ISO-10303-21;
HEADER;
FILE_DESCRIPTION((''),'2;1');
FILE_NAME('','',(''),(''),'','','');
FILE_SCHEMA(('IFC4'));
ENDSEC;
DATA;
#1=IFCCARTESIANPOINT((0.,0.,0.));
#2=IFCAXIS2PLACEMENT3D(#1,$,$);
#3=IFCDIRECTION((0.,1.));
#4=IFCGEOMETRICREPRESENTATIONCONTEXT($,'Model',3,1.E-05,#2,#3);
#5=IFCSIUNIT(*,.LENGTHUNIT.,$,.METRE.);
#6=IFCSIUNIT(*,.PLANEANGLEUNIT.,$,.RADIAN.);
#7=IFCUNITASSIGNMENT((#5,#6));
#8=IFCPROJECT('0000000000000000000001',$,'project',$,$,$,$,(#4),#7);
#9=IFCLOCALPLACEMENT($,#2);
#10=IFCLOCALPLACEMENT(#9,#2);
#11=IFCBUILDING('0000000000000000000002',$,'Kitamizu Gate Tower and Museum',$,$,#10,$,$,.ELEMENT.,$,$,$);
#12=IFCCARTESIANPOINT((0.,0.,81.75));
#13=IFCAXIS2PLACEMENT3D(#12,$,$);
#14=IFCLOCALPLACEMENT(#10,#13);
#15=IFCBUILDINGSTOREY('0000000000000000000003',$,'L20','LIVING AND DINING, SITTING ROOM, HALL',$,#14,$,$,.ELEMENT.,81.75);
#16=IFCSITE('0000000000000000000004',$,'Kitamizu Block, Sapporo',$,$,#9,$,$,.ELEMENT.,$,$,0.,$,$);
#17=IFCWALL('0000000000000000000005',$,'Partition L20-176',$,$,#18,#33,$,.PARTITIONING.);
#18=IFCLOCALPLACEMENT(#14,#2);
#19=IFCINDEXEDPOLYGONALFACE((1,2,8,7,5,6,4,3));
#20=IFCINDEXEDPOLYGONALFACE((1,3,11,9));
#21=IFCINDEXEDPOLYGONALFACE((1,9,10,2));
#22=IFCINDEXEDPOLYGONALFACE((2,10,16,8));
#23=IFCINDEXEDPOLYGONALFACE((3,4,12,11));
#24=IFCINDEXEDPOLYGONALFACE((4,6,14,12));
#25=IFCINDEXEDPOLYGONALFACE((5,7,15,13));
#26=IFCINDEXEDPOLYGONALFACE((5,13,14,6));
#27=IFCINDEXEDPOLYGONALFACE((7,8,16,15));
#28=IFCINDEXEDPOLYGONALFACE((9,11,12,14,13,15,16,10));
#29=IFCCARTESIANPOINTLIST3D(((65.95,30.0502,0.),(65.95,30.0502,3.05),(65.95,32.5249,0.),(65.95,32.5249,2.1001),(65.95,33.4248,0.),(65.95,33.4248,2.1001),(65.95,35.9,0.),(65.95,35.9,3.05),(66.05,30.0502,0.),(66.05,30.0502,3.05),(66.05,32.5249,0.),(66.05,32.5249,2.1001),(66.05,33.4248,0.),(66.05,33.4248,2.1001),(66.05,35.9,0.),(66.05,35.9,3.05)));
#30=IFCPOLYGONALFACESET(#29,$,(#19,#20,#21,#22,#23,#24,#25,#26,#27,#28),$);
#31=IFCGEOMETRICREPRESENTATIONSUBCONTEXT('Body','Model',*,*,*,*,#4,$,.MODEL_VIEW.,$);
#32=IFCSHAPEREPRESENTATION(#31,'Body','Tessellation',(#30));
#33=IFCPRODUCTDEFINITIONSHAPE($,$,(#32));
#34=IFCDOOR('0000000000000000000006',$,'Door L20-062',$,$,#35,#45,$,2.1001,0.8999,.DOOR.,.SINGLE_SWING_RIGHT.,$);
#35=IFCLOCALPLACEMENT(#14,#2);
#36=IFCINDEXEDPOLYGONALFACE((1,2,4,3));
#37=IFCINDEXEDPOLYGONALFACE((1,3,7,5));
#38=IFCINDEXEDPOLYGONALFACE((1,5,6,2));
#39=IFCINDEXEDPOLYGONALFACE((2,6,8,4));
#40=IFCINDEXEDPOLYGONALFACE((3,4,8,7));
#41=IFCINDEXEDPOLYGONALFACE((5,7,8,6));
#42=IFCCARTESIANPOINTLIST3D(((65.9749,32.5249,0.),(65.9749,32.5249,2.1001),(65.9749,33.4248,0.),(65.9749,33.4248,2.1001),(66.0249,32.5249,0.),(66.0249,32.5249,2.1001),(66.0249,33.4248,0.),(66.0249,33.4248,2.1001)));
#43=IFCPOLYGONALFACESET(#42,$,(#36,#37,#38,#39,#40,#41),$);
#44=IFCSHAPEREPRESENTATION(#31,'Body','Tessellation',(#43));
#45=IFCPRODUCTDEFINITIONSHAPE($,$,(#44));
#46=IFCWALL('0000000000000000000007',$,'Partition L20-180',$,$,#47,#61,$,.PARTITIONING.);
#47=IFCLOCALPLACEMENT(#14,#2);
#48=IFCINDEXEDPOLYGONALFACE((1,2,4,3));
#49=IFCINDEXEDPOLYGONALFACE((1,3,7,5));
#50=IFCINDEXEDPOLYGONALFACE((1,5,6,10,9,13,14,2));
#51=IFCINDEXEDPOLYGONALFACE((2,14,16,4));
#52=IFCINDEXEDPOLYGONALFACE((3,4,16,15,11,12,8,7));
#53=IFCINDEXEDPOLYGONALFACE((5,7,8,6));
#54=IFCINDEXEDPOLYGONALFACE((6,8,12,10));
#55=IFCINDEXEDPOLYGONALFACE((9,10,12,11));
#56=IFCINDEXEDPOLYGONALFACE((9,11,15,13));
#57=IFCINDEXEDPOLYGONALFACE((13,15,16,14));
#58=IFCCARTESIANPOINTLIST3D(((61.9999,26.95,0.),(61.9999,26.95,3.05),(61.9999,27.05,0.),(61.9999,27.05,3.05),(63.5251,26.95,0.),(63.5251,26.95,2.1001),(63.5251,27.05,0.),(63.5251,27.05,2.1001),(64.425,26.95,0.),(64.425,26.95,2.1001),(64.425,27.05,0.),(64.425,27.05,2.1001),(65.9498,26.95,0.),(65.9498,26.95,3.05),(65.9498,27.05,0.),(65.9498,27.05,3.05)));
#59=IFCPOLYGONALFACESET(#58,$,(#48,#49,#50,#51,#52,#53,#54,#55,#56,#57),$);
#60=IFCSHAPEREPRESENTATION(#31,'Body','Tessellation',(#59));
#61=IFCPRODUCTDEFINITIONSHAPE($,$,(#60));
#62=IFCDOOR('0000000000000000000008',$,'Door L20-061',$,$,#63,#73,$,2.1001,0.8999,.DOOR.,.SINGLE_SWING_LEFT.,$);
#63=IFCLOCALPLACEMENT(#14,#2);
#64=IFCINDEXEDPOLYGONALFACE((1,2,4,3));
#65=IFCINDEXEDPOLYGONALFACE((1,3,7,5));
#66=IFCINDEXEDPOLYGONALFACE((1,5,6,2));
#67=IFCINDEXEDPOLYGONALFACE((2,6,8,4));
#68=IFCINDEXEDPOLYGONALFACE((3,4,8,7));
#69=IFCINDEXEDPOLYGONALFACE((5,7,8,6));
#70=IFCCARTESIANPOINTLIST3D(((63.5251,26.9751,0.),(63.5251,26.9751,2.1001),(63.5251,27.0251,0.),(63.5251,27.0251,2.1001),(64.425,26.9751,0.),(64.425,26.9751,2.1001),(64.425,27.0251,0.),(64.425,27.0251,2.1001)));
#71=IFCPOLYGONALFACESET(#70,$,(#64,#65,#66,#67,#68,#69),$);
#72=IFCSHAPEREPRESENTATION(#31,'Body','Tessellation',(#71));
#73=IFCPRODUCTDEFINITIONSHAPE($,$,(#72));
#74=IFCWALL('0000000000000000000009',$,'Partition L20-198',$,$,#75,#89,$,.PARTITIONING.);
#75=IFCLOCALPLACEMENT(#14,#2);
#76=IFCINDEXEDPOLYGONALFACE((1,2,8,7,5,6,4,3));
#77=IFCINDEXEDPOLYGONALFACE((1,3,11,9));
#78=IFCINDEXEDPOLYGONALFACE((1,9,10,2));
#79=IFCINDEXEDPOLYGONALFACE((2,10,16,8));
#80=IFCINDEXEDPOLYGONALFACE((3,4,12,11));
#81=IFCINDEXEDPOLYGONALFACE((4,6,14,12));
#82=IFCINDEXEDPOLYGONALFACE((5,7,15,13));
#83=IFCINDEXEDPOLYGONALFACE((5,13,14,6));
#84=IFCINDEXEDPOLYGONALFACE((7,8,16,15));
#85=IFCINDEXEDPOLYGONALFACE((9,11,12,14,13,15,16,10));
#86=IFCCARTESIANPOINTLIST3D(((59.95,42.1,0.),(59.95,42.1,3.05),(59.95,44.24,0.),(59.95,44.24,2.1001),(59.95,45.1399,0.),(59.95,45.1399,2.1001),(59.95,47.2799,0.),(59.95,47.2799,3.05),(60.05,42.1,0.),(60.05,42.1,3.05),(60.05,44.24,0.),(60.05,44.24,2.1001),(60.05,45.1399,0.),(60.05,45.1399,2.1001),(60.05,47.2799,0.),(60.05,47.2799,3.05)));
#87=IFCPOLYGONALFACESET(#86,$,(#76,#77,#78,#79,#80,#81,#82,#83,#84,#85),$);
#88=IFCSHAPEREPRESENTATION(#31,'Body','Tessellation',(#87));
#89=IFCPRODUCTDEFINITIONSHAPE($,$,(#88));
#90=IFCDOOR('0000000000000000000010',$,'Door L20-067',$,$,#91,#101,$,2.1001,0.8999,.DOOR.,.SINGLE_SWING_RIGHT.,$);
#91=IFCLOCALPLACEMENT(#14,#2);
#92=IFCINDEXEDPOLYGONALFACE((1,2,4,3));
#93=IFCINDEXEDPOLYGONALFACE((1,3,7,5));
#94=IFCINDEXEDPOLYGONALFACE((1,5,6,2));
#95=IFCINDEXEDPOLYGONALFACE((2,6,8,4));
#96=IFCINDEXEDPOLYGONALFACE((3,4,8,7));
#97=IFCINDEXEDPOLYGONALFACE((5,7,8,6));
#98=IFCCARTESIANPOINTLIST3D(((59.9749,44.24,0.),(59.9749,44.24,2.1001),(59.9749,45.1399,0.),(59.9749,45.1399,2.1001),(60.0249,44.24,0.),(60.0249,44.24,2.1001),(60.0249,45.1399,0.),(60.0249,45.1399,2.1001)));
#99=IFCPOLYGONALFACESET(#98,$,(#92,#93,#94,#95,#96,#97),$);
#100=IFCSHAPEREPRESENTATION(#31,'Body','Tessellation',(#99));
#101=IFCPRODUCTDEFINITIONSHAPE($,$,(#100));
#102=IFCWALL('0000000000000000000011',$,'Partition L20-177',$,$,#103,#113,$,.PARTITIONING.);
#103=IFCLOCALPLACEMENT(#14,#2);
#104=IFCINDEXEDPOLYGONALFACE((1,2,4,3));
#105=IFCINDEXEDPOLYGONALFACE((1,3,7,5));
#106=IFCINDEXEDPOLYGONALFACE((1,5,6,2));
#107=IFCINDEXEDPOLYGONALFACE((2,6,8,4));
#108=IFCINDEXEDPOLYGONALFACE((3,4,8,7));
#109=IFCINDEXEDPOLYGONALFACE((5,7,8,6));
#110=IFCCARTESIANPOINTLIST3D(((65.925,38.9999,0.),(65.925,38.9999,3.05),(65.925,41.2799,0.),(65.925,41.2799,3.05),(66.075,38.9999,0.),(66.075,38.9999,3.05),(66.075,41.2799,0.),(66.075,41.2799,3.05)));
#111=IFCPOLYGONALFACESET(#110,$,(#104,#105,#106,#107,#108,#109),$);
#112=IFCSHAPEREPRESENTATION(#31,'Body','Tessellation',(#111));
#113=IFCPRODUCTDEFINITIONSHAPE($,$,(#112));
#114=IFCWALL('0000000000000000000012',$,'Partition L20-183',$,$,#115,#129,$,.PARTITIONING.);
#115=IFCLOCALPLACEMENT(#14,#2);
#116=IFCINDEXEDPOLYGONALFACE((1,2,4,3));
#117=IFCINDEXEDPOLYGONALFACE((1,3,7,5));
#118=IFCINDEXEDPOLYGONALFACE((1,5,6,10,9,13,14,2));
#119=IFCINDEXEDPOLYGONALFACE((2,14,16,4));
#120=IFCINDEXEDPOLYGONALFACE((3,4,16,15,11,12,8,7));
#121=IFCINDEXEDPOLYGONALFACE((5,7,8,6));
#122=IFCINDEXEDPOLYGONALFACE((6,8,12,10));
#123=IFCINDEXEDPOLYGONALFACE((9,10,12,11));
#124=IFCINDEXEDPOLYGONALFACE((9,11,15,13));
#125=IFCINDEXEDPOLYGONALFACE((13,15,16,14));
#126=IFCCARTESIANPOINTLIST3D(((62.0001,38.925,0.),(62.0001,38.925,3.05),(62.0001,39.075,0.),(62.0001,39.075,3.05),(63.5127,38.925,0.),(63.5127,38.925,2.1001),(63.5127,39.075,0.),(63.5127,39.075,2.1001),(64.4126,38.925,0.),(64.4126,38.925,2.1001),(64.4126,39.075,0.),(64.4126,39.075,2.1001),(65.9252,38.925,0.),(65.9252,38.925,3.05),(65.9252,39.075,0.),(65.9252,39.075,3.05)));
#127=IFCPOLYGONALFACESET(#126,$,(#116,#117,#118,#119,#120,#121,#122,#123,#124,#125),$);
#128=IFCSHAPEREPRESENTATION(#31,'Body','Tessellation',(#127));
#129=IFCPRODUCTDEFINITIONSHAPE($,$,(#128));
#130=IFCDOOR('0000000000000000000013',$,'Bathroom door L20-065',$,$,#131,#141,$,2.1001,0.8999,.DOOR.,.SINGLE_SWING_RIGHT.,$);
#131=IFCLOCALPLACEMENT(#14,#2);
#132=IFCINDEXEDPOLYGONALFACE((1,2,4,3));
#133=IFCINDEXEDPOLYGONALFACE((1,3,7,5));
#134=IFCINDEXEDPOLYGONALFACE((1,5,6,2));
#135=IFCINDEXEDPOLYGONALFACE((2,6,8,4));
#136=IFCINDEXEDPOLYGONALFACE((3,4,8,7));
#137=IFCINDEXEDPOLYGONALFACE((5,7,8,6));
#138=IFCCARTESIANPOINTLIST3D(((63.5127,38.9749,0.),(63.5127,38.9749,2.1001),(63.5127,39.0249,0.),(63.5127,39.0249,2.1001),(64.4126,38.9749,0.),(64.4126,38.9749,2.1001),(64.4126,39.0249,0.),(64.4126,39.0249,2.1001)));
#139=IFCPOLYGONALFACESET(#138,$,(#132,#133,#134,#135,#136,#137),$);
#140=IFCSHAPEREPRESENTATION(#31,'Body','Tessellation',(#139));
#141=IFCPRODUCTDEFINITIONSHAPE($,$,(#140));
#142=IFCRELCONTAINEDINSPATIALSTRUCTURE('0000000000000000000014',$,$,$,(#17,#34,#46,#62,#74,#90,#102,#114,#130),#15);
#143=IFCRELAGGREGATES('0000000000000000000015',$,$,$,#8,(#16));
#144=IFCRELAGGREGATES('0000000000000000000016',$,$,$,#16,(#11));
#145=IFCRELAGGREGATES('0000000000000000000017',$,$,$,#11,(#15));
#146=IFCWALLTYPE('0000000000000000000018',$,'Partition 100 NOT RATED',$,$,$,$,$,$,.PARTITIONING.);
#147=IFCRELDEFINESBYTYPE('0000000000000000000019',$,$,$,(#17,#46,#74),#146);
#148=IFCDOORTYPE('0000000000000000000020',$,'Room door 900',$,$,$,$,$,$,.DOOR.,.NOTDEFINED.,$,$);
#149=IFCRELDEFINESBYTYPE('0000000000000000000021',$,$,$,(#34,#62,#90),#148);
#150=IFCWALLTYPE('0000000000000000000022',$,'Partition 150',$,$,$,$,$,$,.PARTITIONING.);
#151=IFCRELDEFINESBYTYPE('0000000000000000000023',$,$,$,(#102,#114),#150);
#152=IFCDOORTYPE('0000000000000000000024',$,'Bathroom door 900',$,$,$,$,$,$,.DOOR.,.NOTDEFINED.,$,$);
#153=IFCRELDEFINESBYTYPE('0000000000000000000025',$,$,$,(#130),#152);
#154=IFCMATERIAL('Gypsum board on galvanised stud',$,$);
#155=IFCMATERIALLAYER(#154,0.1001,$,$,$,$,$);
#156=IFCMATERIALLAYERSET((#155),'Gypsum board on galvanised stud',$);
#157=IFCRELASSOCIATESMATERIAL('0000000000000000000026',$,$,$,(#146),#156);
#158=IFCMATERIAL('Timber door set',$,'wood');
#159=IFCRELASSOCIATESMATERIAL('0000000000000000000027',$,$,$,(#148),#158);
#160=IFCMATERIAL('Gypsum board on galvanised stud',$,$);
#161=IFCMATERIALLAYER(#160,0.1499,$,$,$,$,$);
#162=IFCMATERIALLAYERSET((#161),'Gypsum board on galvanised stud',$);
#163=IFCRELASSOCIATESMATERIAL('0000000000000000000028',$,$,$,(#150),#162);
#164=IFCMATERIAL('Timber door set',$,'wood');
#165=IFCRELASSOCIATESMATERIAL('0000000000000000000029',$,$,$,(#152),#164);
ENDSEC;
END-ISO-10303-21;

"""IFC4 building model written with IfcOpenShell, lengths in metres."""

from ifc_helpers import new_model, si_unit, direction, frame, frame_2d, origin, place, context, subcontext, project, spatial, rectangle, extrude, material, layer, layer_set, type_object, element, fill, save


model = new_model("IFC4")

# Units and contexts
model_context = context("Model", 3, precision=1e-05, world=origin(), true_north=direction((0.0, 1.0)))
body_context = subcontext(model_context, "Body", "Model", "MODEL_VIEW")
ifc_project = project(units=[si_unit("LENGTHUNIT", "METRE"), si_unit("PLANEANGLEUNIT", "RADIAN")], contexts=[model_context])

# Site, building, storey
site_placement = place(None, origin())
site = spatial("IfcSite", under=ifc_project, at=site_placement, Name="Kitamizu Block, Sapporo", CompositionType="ELEMENT", RefElevation=0.0)
building_placement = place(site_placement, origin())
building = spatial("IfcBuilding", under=site, at=building_placement, Name="Kitamizu Gate Tower and Museum", CompositionType="ELEMENT")
storey_placement = place(building_placement, frame((0.0, 0.0, 81.75)))
storey = spatial("IfcBuildingStorey", under=building, at=storey_placement, Name="L20", Description="LIVING AND DINING, SITTING ROOM, HALL", CompositionType="ELEMENT", Elevation=81.75)

# Shared definitions
ifc_material_1 = material(Name="Gypsum board on galvanised stud")
ifc_layer_1 = layer(ifc_material_1, 0.1001)
ifc_layer_set_1 = layer_set([ifc_layer_1], Name="Gypsum board on galvanised stud")
wall_type_1 = type_object("IfcWallType", Name="Partition 100 NOT RATED", PredefinedType="PARTITIONING", material=ifc_layer_set_1)

# Walls, openings, doors
wall_1_placement = place(storey_placement, frame((66.0, 35.8999, 0.0), z_axis=(0.0, 0.0, 1.0), x_axis=(0.0, -1.0, 0.0)))
wall_1 = element("IfcWall", 1, at=wall_1_placement, inside=storey, type_object=wall_type_1, Name="Partition L20-176", PredefinedType="PARTITIONING", context=body_context, shape_type="SweptSolid", body=[
    extrude(rectangle(XDim=5.8499, YDim=0.1001, at=frame_2d((2.9248, 0.0))), origin(), (0.0, 0.0, 1.0), 3.05),
])
opening_1_placement = place(wall_1_placement, frame((2.4751, 0.0, 0.0)))
opening_1 = element("IfcOpeningElement", 2, at=opening_1_placement, cuts=wall_1, PredefinedType="OPENING", context=body_context, shape_type="SweptSolid", body=[
    extrude(rectangle(XDim=0.8999, YDim=2.1001, at=frame_2d((0.45, 1.05))), frame((0.0, 0.0601, 0.0), z_axis=(0.0, -1.0, 0.0), x_axis=(1.0, 0.0, 0.0)), (0.0, 0.0, 1.0), 0.1201),
])
ifc_material_2 = material(Name="Timber door set", Category="wood")
door_type_1 = type_object("IfcDoorType", Name="Room door 900", OperationType="NOTDEFINED", PredefinedType="DOOR", material=ifc_material_2)
door_1_placement = place(opening_1_placement, origin())
door_1 = element("IfcDoor", 3, at=door_1_placement, inside=storey, type_object=door_type_1, Name="Door L20-062", OperationType="SINGLE_SWING_RIGHT", OverallHeight=2.1001, OverallWidth=0.8999, PredefinedType="DOOR", context=body_context, shape_type="SweptSolid", body=[
    extrude(rectangle(XDim=0.8999, YDim=2.1001, at=frame_2d((0.45, 1.05))), frame((0.0, 0.0249, 0.0), z_axis=(0.0, -1.0, 0.0), x_axis=(1.0, 0.0, 0.0)), (0.0, 0.0, 1.0), 0.05),
])
fill(opening_1, door_1)
wall_2_placement = place(storey_placement, frame((65.95, 27.0, 0.0), z_axis=(0.0, 0.0, 1.0), x_axis=(-1.0, 0.0, 0.0)))
wall_2 = element("IfcWall", 4, at=wall_2_placement, inside=storey, type_object=wall_type_1, Name="Partition L20-180", PredefinedType="PARTITIONING", context=body_context, shape_type="SweptSolid", body=[
    extrude(rectangle(XDim=3.95, YDim=0.1001, at=frame_2d((1.9751, 0.0))), origin(), (0.0, 0.0, 1.0), 3.05),
])
opening_2_placement = place(wall_2_placement, frame((1.5249, 0.0, 0.0)))
opening_2 = element("IfcOpeningElement", 5, at=opening_2_placement, cuts=wall_2, PredefinedType="OPENING", context=body_context, shape_type="SweptSolid", body=[
    extrude(rectangle(XDim=0.8999, YDim=2.1001, at=frame_2d((0.45, 1.05))), frame((0.0, 0.0601, 0.0), z_axis=(0.0, -1.0, 0.0), x_axis=(1.0, 0.0, 0.0)), (0.0, 0.0, 1.0), 0.1201),
])
door_2_placement = place(opening_2_placement, origin())
door_2 = element("IfcDoor", 6, at=door_2_placement, inside=storey, type_object=door_type_1, Name="Door L20-061", OperationType="SINGLE_SWING_LEFT", OverallHeight=2.1001, OverallWidth=0.8999, PredefinedType="DOOR", context=body_context, shape_type="SweptSolid", body=[
    extrude(rectangle(XDim=0.8999, YDim=2.1001, at=frame_2d((0.45, 1.05))), frame((0.0, 0.0249, 0.0), z_axis=(0.0, -1.0, 0.0), x_axis=(1.0, 0.0, 0.0)), (0.0, 0.0, 1.0), 0.05),
])
fill(opening_2, door_2)
wall_3_placement = place(storey_placement, frame((60.0, 42.1001, 0.0), z_axis=(0.0, 0.0, 1.0), x_axis=(0.0, 1.0, 0.0)))
wall_3 = element("IfcWall", 7, at=wall_3_placement, inside=storey, type_object=wall_type_1, Name="Partition L20-198", PredefinedType="PARTITIONING", context=body_context, shape_type="SweptSolid", body=[
    extrude(rectangle(XDim=5.1799, YDim=0.1001, at=frame_2d((2.5898, 0.0))), origin(), (0.0, 0.0, 1.0), 3.05),
])
opening_3_placement = place(wall_3_placement, frame((2.1399, 0.0, 0.0)))
opening_3 = element("IfcOpeningElement", 8, at=opening_3_placement, cuts=wall_3, PredefinedType="OPENING", context=body_context, shape_type="SweptSolid", body=[
    extrude(rectangle(XDim=0.8999, YDim=2.1001, at=frame_2d((0.45, 1.05))), frame((0.0, 0.0601, 0.0), z_axis=(0.0, -1.0, 0.0), x_axis=(1.0, 0.0, 0.0)), (0.0, 0.0, 1.0), 0.1201),
])
door_3_placement = place(opening_3_placement, frame((0.8999, 0.0, 0.0), x_axis=(-1.0, 0.0, 0.0)))
door_3 = element("IfcDoor", 9, at=door_3_placement, inside=storey, type_object=door_type_1, Name="Door L20-067", OperationType="SINGLE_SWING_RIGHT", OverallHeight=2.1001, OverallWidth=0.8999, PredefinedType="DOOR", context=body_context, shape_type="SweptSolid", body=[
    extrude(rectangle(XDim=0.8999, YDim=2.1001, at=frame_2d((0.45, 1.05))), frame((0.0, 0.0249, 0.0), z_axis=(0.0, -1.0, 0.0), x_axis=(1.0, 0.0, 0.0)), (0.0, 0.0, 1.0), 0.05),
])
fill(opening_3, door_3)

# Wall
ifc_material_3 = material(Name="Gypsum board on galvanised stud")
ifc_layer_2 = layer(ifc_material_3, 0.1499)
ifc_layer_set_2 = layer_set([ifc_layer_2], Name="Gypsum board on galvanised stud")
wall_type_2 = type_object("IfcWallType", Name="Partition 150", PredefinedType="PARTITIONING", material=ifc_layer_set_2)
wall_4_placement = place(storey_placement, frame((66.0, 41.28, 0.0), z_axis=(0.0, 0.0, 1.0), x_axis=(0.0, -1.0, 0.0)))
element("IfcWall", 10, at=wall_4_placement, inside=storey, type_object=wall_type_2, Name="Partition L20-177", PredefinedType="PARTITIONING", context=body_context, shape_type="SweptSolid", body=[
    extrude(rectangle(XDim=2.28, YDim=0.1499, at=frame_2d((1.1401, 0.0))), origin(), (0.0, 0.0, 1.0), 3.05),
])

# Wall, opening, door
wall_5_placement = place(storey_placement, frame((65.925, 39.0, 0.0), z_axis=(0.0, 0.0, 1.0), x_axis=(-1.0, 0.0, 0.0)))
wall_5 = element("IfcWall", 11, at=wall_5_placement, inside=storey, type_object=wall_type_2, Name="Partition L20-183", PredefinedType="PARTITIONING", context=body_context, shape_type="SweptSolid", body=[
    extrude(rectangle(XDim=3.925, YDim=0.1499, at=frame_2d((1.9624, 0.0))), origin(), (0.0, 0.0, 1.0), 3.05),
])
opening_4_placement = place(wall_5_placement, frame((1.5125, 0.0, 0.0)))
opening_4 = element("IfcOpeningElement", 12, at=opening_4_placement, cuts=wall_5, PredefinedType="OPENING", context=body_context, shape_type="SweptSolid", body=[
    extrude(rectangle(XDim=0.8999, YDim=2.1001, at=frame_2d((0.45, 1.05))), frame((0.0, 0.085, 0.0), z_axis=(0.0, -1.0, 0.0), x_axis=(1.0, 0.0, 0.0)), (0.0, 0.0, 1.0), 0.1699),
])
ifc_material_4 = material(Name="Timber door set", Category="wood")
door_type_2 = type_object("IfcDoorType", Name="Bathroom door 900", OperationType="NOTDEFINED", PredefinedType="DOOR", material=ifc_material_4)
door_4_placement = place(opening_4_placement, frame((0.8999, 0.0, 0.0), x_axis=(-1.0, 0.0, 0.0)))
door_4 = element("IfcDoor", 13, at=door_4_placement, inside=storey, type_object=door_type_2, Name="Bathroom door L20-065", OperationType="SINGLE_SWING_RIGHT", OverallHeight=2.1001, OverallWidth=0.8999, PredefinedType="DOOR", context=body_context, shape_type="SweptSolid", body=[
    extrude(rectangle(XDim=0.8999, YDim=2.1001, at=frame_2d((0.45, 1.05))), frame((0.0, 0.0249, 0.0), z_axis=(0.0, -1.0, 0.0), x_axis=(1.0, 0.0, 0.0)), (0.0, 0.0, 1.0), 0.05),
])
fill(opening_4, door_4)

save(model, "model.ifc")
